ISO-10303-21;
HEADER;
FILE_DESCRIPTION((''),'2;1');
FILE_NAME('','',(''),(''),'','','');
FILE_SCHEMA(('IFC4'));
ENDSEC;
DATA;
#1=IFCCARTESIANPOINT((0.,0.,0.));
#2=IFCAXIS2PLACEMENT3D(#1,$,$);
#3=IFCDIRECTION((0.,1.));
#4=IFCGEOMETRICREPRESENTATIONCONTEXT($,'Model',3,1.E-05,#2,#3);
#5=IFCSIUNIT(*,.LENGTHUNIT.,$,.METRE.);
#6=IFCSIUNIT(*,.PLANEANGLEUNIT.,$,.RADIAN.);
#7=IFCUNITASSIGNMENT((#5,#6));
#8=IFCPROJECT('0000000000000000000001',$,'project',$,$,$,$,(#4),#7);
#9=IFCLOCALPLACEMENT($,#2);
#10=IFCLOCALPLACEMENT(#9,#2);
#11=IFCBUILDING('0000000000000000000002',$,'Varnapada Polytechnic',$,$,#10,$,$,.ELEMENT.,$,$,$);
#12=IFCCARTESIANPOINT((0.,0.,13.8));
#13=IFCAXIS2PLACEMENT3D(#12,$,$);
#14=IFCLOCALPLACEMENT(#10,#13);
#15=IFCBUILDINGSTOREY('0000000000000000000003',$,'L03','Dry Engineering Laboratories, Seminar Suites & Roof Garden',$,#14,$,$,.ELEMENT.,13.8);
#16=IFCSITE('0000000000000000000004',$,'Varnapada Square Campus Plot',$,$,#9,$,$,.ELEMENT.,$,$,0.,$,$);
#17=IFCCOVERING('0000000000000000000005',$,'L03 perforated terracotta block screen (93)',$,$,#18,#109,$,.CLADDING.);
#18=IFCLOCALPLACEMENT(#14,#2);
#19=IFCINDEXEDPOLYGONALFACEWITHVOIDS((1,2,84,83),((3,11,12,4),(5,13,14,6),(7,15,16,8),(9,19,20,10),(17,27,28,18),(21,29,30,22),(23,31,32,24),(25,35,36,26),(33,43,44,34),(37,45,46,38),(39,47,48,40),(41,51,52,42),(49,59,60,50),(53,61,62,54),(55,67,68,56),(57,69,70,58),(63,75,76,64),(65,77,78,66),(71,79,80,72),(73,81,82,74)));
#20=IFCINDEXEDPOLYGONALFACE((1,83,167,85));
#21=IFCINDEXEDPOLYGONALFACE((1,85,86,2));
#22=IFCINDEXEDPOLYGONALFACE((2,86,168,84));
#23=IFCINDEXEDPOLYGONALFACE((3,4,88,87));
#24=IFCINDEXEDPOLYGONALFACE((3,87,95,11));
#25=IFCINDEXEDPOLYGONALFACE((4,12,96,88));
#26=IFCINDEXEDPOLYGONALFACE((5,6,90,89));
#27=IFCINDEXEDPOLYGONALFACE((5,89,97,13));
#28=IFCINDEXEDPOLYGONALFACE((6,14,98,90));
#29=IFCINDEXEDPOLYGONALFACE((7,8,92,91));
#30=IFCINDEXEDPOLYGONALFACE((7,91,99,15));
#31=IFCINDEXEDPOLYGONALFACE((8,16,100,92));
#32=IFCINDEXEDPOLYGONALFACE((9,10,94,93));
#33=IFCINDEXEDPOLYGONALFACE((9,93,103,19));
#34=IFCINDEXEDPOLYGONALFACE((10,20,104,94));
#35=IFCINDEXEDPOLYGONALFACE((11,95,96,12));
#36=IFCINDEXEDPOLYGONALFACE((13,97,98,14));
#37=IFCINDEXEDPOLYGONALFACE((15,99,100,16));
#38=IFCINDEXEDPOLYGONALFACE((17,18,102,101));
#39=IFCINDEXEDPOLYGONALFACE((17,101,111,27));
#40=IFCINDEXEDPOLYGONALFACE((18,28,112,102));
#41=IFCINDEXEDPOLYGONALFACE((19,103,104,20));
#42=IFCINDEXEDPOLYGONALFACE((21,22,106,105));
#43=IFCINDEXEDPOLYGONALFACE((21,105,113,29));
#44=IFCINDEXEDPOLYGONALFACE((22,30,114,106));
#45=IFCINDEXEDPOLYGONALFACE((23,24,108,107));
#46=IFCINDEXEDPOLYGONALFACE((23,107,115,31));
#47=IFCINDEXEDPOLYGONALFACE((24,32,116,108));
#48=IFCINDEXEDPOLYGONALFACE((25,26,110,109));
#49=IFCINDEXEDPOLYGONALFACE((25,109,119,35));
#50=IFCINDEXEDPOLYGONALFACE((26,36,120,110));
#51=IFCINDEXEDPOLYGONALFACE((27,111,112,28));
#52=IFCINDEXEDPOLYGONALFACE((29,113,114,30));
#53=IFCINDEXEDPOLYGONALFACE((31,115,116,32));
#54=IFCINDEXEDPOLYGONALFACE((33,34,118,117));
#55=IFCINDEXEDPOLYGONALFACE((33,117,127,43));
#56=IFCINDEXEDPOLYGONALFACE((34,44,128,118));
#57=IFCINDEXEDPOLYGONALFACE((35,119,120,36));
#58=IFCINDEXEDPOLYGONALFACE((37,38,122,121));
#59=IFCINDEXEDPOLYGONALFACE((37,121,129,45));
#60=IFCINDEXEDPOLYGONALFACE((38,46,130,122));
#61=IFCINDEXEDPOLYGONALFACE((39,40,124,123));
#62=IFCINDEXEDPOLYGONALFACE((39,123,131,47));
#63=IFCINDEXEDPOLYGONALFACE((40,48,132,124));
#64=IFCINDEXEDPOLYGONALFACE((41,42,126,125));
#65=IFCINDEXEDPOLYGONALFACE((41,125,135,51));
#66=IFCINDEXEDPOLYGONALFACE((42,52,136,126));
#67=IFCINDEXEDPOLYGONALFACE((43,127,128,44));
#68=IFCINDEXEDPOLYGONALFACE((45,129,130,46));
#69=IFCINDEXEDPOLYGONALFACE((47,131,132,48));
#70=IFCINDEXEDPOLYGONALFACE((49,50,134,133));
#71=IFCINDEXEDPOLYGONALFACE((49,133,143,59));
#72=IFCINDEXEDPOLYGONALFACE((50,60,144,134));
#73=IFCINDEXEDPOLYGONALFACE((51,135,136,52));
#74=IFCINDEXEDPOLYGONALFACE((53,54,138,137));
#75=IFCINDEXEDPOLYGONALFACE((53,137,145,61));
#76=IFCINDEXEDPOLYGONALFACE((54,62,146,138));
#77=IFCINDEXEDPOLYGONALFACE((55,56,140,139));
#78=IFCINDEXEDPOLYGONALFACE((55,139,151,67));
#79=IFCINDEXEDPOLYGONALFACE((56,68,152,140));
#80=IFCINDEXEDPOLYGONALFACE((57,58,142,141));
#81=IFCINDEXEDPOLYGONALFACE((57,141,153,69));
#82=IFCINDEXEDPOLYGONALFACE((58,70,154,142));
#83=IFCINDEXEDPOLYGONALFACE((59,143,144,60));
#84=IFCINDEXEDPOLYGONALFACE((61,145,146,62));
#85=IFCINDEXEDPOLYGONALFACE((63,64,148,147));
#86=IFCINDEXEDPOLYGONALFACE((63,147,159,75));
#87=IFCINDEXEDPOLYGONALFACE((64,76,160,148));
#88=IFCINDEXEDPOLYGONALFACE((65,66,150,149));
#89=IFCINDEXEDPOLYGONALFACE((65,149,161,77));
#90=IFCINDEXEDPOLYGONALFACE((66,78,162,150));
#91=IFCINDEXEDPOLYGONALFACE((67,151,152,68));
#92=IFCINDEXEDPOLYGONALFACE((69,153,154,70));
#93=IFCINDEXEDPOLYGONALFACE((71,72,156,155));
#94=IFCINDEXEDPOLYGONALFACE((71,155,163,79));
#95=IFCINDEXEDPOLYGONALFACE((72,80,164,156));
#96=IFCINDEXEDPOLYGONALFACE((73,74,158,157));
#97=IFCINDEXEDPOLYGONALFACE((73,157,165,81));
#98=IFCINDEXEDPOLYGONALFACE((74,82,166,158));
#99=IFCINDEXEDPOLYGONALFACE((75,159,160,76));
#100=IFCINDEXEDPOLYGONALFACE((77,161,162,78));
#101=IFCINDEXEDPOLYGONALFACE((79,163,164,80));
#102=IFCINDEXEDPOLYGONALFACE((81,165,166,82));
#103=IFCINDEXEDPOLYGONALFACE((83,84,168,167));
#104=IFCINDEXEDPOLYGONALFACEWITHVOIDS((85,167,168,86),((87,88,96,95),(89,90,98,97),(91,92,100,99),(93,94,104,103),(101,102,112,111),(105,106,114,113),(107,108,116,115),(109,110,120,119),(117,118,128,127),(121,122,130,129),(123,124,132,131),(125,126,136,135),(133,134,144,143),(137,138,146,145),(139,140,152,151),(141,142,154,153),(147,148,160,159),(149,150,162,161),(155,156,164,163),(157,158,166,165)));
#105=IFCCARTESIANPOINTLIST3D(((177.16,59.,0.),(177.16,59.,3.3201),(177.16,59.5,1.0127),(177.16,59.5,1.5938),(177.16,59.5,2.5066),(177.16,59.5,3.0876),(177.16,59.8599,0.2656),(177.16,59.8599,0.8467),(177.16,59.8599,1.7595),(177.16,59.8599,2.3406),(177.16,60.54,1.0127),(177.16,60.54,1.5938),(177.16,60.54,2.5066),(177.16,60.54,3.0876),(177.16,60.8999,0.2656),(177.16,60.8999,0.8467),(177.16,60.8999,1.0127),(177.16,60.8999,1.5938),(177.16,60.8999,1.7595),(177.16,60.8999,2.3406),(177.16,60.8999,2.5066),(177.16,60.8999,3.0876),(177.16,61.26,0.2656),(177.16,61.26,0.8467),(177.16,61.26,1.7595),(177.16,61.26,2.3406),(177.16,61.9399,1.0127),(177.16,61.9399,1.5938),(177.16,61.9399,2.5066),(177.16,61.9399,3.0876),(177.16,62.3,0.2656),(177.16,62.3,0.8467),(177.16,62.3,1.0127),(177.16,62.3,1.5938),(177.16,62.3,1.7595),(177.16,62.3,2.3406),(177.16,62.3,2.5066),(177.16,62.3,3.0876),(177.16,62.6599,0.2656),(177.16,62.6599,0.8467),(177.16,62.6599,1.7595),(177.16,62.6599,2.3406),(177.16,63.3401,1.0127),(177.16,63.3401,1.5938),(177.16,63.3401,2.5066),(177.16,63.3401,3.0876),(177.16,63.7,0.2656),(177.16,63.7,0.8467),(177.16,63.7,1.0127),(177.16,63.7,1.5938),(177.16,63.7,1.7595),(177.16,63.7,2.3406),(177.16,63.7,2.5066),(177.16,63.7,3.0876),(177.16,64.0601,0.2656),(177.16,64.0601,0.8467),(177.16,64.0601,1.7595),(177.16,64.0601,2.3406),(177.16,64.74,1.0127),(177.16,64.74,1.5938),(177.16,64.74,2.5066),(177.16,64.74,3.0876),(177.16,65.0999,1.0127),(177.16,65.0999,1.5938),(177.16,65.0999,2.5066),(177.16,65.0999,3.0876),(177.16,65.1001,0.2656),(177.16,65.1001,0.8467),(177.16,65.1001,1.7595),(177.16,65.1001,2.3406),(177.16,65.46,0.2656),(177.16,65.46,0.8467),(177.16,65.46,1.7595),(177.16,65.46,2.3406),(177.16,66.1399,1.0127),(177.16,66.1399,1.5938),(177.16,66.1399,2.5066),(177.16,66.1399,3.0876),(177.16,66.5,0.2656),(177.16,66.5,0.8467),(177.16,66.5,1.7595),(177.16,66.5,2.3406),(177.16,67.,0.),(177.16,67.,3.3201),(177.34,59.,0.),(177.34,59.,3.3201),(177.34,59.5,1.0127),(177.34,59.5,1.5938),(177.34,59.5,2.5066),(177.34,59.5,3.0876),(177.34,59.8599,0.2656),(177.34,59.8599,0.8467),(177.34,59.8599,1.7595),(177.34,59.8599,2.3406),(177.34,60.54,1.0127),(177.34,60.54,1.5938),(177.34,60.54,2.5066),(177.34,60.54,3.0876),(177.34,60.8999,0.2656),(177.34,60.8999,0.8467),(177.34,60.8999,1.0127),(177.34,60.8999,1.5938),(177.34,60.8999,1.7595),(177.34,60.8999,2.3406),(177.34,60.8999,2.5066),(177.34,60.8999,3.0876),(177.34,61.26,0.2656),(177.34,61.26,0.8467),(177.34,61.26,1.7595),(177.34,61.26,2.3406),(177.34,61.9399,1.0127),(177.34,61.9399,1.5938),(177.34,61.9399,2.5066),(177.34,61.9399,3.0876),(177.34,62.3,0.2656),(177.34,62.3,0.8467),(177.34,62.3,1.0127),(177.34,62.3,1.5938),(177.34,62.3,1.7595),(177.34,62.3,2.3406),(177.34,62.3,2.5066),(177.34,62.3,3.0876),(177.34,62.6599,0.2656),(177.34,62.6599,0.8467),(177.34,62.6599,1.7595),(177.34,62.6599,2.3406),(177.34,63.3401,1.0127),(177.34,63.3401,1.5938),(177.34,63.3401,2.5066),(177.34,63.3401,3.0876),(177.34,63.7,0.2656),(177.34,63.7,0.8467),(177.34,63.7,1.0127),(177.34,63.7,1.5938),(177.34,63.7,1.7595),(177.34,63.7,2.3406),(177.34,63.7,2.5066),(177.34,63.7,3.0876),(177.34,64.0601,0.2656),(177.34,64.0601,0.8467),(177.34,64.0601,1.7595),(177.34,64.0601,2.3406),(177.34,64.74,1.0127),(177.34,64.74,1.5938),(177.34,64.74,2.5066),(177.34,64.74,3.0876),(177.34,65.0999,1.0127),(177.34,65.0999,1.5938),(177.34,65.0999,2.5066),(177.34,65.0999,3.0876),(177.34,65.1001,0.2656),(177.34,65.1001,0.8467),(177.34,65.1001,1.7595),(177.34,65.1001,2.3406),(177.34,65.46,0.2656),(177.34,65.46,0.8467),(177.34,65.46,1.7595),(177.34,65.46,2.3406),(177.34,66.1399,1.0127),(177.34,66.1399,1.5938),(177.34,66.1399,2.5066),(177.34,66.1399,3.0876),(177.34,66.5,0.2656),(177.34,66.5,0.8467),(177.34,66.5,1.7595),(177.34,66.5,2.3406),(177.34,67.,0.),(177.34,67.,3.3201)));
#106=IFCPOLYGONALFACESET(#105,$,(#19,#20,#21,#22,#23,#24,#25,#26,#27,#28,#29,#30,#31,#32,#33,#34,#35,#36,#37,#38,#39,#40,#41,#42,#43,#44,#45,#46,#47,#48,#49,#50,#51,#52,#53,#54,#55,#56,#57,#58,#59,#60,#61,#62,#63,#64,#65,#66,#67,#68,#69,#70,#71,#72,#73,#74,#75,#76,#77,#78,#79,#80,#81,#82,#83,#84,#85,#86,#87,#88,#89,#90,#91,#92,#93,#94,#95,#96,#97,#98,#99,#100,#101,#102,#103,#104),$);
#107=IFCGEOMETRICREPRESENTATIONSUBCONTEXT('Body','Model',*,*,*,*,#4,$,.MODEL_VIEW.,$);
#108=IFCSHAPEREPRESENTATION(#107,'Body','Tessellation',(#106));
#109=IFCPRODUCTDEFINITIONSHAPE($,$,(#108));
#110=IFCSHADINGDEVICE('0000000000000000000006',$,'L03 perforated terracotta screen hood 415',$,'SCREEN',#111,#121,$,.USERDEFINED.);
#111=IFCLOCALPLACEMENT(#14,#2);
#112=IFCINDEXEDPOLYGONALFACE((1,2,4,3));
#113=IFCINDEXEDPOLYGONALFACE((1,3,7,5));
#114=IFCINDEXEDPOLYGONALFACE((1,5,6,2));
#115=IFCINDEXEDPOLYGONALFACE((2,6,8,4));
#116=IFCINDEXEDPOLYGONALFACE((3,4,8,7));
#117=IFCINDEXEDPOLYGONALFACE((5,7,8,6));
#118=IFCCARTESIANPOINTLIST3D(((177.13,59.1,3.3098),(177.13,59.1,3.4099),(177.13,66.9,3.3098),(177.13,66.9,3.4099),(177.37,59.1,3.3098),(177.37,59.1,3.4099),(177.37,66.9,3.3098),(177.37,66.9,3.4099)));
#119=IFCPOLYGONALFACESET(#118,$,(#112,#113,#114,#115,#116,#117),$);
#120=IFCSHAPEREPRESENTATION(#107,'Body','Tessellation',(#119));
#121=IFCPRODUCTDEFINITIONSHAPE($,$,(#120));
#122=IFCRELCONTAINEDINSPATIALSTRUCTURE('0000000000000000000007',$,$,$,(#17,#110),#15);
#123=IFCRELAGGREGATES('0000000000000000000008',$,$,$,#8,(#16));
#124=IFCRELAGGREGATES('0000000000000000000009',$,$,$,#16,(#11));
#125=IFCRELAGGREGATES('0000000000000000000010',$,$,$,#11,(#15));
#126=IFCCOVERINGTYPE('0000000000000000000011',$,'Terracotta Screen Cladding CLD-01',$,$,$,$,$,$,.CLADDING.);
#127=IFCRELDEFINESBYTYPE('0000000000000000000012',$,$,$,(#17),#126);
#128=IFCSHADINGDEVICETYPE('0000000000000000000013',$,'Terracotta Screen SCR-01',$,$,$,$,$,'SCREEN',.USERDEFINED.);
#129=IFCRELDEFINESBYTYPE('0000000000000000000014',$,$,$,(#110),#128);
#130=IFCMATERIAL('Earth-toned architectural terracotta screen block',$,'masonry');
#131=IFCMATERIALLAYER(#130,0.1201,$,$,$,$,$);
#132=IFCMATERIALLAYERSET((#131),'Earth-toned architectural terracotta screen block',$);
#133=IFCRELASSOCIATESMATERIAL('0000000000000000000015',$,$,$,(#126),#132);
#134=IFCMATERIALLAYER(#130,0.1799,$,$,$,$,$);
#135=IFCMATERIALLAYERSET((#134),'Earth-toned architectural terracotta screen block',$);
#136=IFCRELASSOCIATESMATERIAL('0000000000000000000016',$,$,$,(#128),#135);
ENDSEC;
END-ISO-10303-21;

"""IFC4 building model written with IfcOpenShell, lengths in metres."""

from ifc_helpers import new_model, si_unit, direction, frame, frame_2d, origin, origin_2d, place, context, subcontext, project, spatial, rectangle, extrude, material, layer, layer_set, type_object, element, save


model = new_model("IFC4")

# Units and contexts
model_context = context("Model", 3, precision=1e-05, world=origin(), true_north=direction((0.0, 1.0)))
body_context = subcontext(model_context, "Body", "Model", "MODEL_VIEW")
ifc_project = project(units=[si_unit("LENGTHUNIT", "METRE"), si_unit("PLANEANGLEUNIT", "RADIAN")], contexts=[model_context])

# Site, building, storey
site_placement = place(None, origin())
site = spatial("IfcSite", under=ifc_project, at=site_placement, Name="Varnapada Square Campus Plot", CompositionType="ELEMENT", RefElevation=0.0)
building_placement = place(site_placement, origin())
building = spatial("IfcBuilding", under=site, at=building_placement, Name="Varnapada Polytechnic", CompositionType="ELEMENT")
storey_placement = place(building_placement, frame((0.0, 0.0, 13.8)))
storey = spatial("IfcBuildingStorey", under=building, at=storey_placement, Name="L03", Description="Dry Engineering Laboratories, Seminar Suites & Roof Garden", CompositionType="ELEMENT", Elevation=13.8)

# Covering, openings
ifc_material_1 = material(Name="Earth-toned architectural terracotta screen block", Category="masonry")
ifc_layer_1 = layer(ifc_material_1, 0.1201)
ifc_layer_set_1 = layer_set([ifc_layer_1], Name="Earth-toned architectural terracotta screen block")
covering_type_1 = type_object("IfcCoveringType", Name="Terracotta Screen Cladding CLD-01", PredefinedType="CLADDING", material=ifc_layer_set_1)
covering_1_placement = place(storey_placement, frame((177.25, 67.0, 0.0), z_axis=(0.0, 0.0, 1.0), x_axis=(0.0, -1.0, 0.0)))
covering_1 = element("IfcCovering", 1, at=covering_1_placement, inside=storey, type_object=covering_type_1, Name="L03 perforated terracotta block screen (93)", PredefinedType="CLADDING", context=body_context, shape_type="SweptSolid", body=[
    extrude(rectangle(XDim=8.0, YDim=0.1799, at=frame_2d((4.0, 0.0))), origin(), (0.0, 0.0, 1.0), 3.3201),
])
opening_1_placement = place(covering_1_placement, frame((0.5, 0.0, 0.2656)))
element("IfcOpeningElement", 2, at=opening_1_placement, cuts=covering_1, PredefinedType="OPENING", context=body_context, shape_type="SweptSolid", body=[
    extrude(rectangle(XDim=1.04, YDim=0.5811, at=frame_2d((0.52, 0.2905))), frame((0.0, 0.0999, 0.0), z_axis=(0.0, -1.0, 0.0), x_axis=(1.0, 0.0, 0.0)), (0.0, 0.0, 1.0), 0.2),
])
opening_2_placement = place(covering_1_placement, frame((1.8999, 0.0, 0.2656)))
element("IfcOpeningElement", 3, at=opening_2_placement, cuts=covering_1, PredefinedType="OPENING", context=body_context, shape_type="SweptSolid", body=[
    extrude(rectangle(XDim=1.04, YDim=0.5811, at=frame_2d((0.52, 0.2905))), frame((0.0, 0.0999, 0.0), z_axis=(0.0, -1.0, 0.0), x_axis=(1.0, 0.0, 0.0)), (0.0, 0.0, 1.0), 0.2),
])
opening_3_placement = place(covering_1_placement, frame((3.3, 0.0, 0.2656)))
element("IfcOpeningElement", 4, at=opening_3_placement, cuts=covering_1, PredefinedType="OPENING", context=body_context, shape_type="SweptSolid", body=[
    extrude(rectangle(XDim=1.04, YDim=0.5811, at=frame_2d((0.52, 0.2905))), frame((0.0, 0.0999, 0.0), z_axis=(0.0, -1.0, 0.0), x_axis=(1.0, 0.0, 0.0)), (0.0, 0.0, 1.0), 0.2),
])
opening_4_placement = place(covering_1_placement, frame((4.7, 0.0, 0.2656)))
element("IfcOpeningElement", 5, at=opening_4_placement, cuts=covering_1, PredefinedType="OPENING", context=body_context, shape_type="SweptSolid", body=[
    extrude(rectangle(XDim=1.04, YDim=0.5811, at=frame_2d((0.52, 0.2905))), frame((0.0, 0.0999, 0.0), z_axis=(0.0, -1.0, 0.0), x_axis=(1.0, 0.0, 0.0)), (0.0, 0.0, 1.0), 0.2),
])
opening_5_placement = place(covering_1_placement, frame((6.1001, 0.0, 0.2656)))
element("IfcOpeningElement", 6, at=opening_5_placement, cuts=covering_1, PredefinedType="OPENING", context=body_context, shape_type="SweptSolid", body=[
    extrude(rectangle(XDim=1.04, YDim=0.5811, at=frame_2d((0.52, 0.2905))), frame((0.0, 0.0999, 0.0), z_axis=(0.0, -1.0, 0.0), x_axis=(1.0, 0.0, 0.0)), (0.0, 0.0, 1.0), 0.2),
])
opening_6_placement = place(covering_1_placement, frame((0.8601, 0.0, 1.0127)))
element("IfcOpeningElement", 7, at=opening_6_placement, cuts=covering_1, PredefinedType="OPENING", context=body_context, shape_type="SweptSolid", body=[
    extrude(rectangle(XDim=1.04, YDim=0.5811, at=frame_2d((0.52, 0.2905))), frame((0.0, 0.0999, 0.0), z_axis=(0.0, -1.0, 0.0), x_axis=(1.0, 0.0, 0.0)), (0.0, 0.0, 1.0), 0.2),
])
opening_7_placement = place(covering_1_placement, frame((2.26, 0.0, 1.0127)))
element("IfcOpeningElement", 8, at=opening_7_placement, cuts=covering_1, PredefinedType="OPENING", context=body_context, shape_type="SweptSolid", body=[
    extrude(rectangle(XDim=1.04, YDim=0.5811, at=frame_2d((0.52, 0.2905))), frame((0.0, 0.0999, 0.0), z_axis=(0.0, -1.0, 0.0), x_axis=(1.0, 0.0, 0.0)), (0.0, 0.0, 1.0), 0.2),
])
opening_8_placement = place(covering_1_placement, frame((3.6599, 0.0, 1.0127)))
element("IfcOpeningElement", 9, at=opening_8_placement, cuts=covering_1, PredefinedType="OPENING", context=body_context, shape_type="SweptSolid", body=[
    extrude(rectangle(XDim=1.04, YDim=0.5811, at=frame_2d((0.52, 0.2905))), frame((0.0, 0.0999, 0.0), z_axis=(0.0, -1.0, 0.0), x_axis=(1.0, 0.0, 0.0)), (0.0, 0.0, 1.0), 0.2),
])
opening_9_placement = place(covering_1_placement, frame((5.0601, 0.0, 1.0127)))
element("IfcOpeningElement", 10, at=opening_9_placement, cuts=covering_1, PredefinedType="OPENING", context=body_context, shape_type="SweptSolid", body=[
    extrude(rectangle(XDim=1.04, YDim=0.5811, at=frame_2d((0.52, 0.2905))), frame((0.0, 0.0999, 0.0), z_axis=(0.0, -1.0, 0.0), x_axis=(1.0, 0.0, 0.0)), (0.0, 0.0, 1.0), 0.2),
])
opening_10_placement = place(covering_1_placement, frame((6.46, 0.0, 1.0127)))
element("IfcOpeningElement", 11, at=opening_10_placement, cuts=covering_1, PredefinedType="OPENING", context=body_context, shape_type="SweptSolid", body=[
    extrude(rectangle(XDim=1.04, YDim=0.5811, at=frame_2d((0.52, 0.2905))), frame((0.0, 0.0999, 0.0), z_axis=(0.0, -1.0, 0.0), x_axis=(1.0, 0.0, 0.0)), (0.0, 0.0, 1.0), 0.2),
])
opening_11_placement = place(covering_1_placement, frame((0.5, 0.0, 1.7595)))
element("IfcOpeningElement", 12, at=opening_11_placement, cuts=covering_1, PredefinedType="OPENING", context=body_context, shape_type="SweptSolid", body=[
    extrude(rectangle(XDim=1.04, YDim=0.5811, at=frame_2d((0.52, 0.2905))), frame((0.0, 0.0999, 0.0), z_axis=(0.0, -1.0, 0.0), x_axis=(1.0, 0.0, 0.0)), (0.0, 0.0, 1.0), 0.2),
])
opening_12_placement = place(covering_1_placement, frame((1.8999, 0.0, 1.7595)))
element("IfcOpeningElement", 13, at=opening_12_placement, cuts=covering_1, PredefinedType="OPENING", context=body_context, shape_type="SweptSolid", body=[
    extrude(rectangle(XDim=1.04, YDim=0.5811, at=frame_2d((0.52, 0.2905))), frame((0.0, 0.0999, 0.0), z_axis=(0.0, -1.0, 0.0), x_axis=(1.0, 0.0, 0.0)), (0.0, 0.0, 1.0), 0.2),
])
opening_13_placement = place(covering_1_placement, frame((3.3, 0.0, 1.7595)))
element("IfcOpeningElement", 14, at=opening_13_placement, cuts=covering_1, PredefinedType="OPENING", context=body_context, shape_type="SweptSolid", body=[
    extrude(rectangle(XDim=1.04, YDim=0.5811, at=frame_2d((0.52, 0.2905))), frame((0.0, 0.0999, 0.0), z_axis=(0.0, -1.0, 0.0), x_axis=(1.0, 0.0, 0.0)), (0.0, 0.0, 1.0), 0.2),
])
opening_14_placement = place(covering_1_placement, frame((4.7, 0.0, 1.7595)))
element("IfcOpeningElement", 15, at=opening_14_placement, cuts=covering_1, PredefinedType="OPENING", context=body_context, shape_type="SweptSolid", body=[
    extrude(rectangle(XDim=1.04, YDim=0.5811, at=frame_2d((0.52, 0.2905))), frame((0.0, 0.0999, 0.0), z_axis=(0.0, -1.0, 0.0), x_axis=(1.0, 0.0, 0.0)), (0.0, 0.0, 1.0), 0.2),
])
opening_15_placement = place(covering_1_placement, frame((6.1001, 0.0, 1.7595)))
element("IfcOpeningElement", 16, at=opening_15_placement, cuts=covering_1, PredefinedType="OPENING", context=body_context, shape_type="SweptSolid", body=[
    extrude(rectangle(XDim=1.04, YDim=0.5811, at=frame_2d((0.52, 0.2905))), frame((0.0, 0.0999, 0.0), z_axis=(0.0, -1.0, 0.0), x_axis=(1.0, 0.0, 0.0)), (0.0, 0.0, 1.0), 0.2),
])
opening_16_placement = place(covering_1_placement, frame((0.8601, 0.0, 2.5066)))
element("IfcOpeningElement", 17, at=opening_16_placement, cuts=covering_1, PredefinedType="OPENING", context=body_context, shape_type="SweptSolid", body=[
    extrude(rectangle(XDim=1.04, YDim=0.5811, at=frame_2d((0.52, 0.2905))), frame((0.0, 0.0999, 0.0), z_axis=(0.0, -1.0, 0.0), x_axis=(1.0, 0.0, 0.0)), (0.0, 0.0, 1.0), 0.2),
])
opening_17_placement = place(covering_1_placement, frame((2.26, 0.0, 2.5066)))
element("IfcOpeningElement", 18, at=opening_17_placement, cuts=covering_1, PredefinedType="OPENING", context=body_context, shape_type="SweptSolid", body=[
    extrude(rectangle(XDim=1.04, YDim=0.5811, at=frame_2d((0.52, 0.2905))), frame((0.0, 0.0999, 0.0), z_axis=(0.0, -1.0, 0.0), x_axis=(1.0, 0.0, 0.0)), (0.0, 0.0, 1.0), 0.2),
])
opening_18_placement = place(covering_1_placement, frame((3.6599, 0.0, 2.5066)))
element("IfcOpeningElement", 19, at=opening_18_placement, cuts=covering_1, PredefinedType="OPENING", context=body_context, shape_type="SweptSolid", body=[
    extrude(rectangle(XDim=1.04, YDim=0.5811, at=frame_2d((0.52, 0.2905))), frame((0.0, 0.0999, 0.0), z_axis=(0.0, -1.0, 0.0), x_axis=(1.0, 0.0, 0.0)), (0.0, 0.0, 1.0), 0.2),
])
opening_19_placement = place(covering_1_placement, frame((5.0601, 0.0, 2.5066)))
element("IfcOpeningElement", 20, at=opening_19_placement, cuts=covering_1, PredefinedType="OPENING", context=body_context, shape_type="SweptSolid", body=[
    extrude(rectangle(XDim=1.04, YDim=0.5811, at=frame_2d((0.52, 0.2905))), frame((0.0, 0.0999, 0.0), z_axis=(0.0, -1.0, 0.0), x_axis=(1.0, 0.0, 0.0)), (0.0, 0.0, 1.0), 0.2),
])
opening_20_placement = place(covering_1_placement, frame((6.46, 0.0, 2.5066)))
element("IfcOpeningElement", 21, at=opening_20_placement, cuts=covering_1, PredefinedType="OPENING", context=body_context, shape_type="SweptSolid", body=[
    extrude(rectangle(XDim=1.04, YDim=0.5811, at=frame_2d((0.52, 0.2905))), frame((0.0, 0.0999, 0.0), z_axis=(0.0, -1.0, 0.0), x_axis=(1.0, 0.0, 0.0)), (0.0, 0.0, 1.0), 0.2),
])

# Shading device
ifc_layer_2 = layer(ifc_material_1, 0.1799)
ifc_layer_set_2 = layer_set([ifc_layer_2], Name="Earth-toned architectural terracotta screen block")
shading_device_type = type_object("IfcShadingDeviceType", Name="Terracotta Screen SCR-01", ElementType="SCREEN", PredefinedType="USERDEFINED", material=ifc_layer_set_2)
shading_device_placement = place(storey_placement, frame((177.25, 63.0, 3.3098), z_axis=(0.0, 0.0, 1.0), x_axis=(0.0, -1.0, 0.0)))
element("IfcShadingDevice", 22, at=shading_device_placement, inside=storey, type_object=shading_device_type, Name="L03 perforated terracotta screen hood 415", ObjectType="SCREEN", PredefinedType="USERDEFINED", context=body_context, shape_type="SweptSolid", body=[
    extrude(rectangle(XDim=7.8, YDim=0.24, at=origin_2d()), origin(), (0.0, 0.0, 1.0), 0.1001),
])

save(model, "model.ifc")
